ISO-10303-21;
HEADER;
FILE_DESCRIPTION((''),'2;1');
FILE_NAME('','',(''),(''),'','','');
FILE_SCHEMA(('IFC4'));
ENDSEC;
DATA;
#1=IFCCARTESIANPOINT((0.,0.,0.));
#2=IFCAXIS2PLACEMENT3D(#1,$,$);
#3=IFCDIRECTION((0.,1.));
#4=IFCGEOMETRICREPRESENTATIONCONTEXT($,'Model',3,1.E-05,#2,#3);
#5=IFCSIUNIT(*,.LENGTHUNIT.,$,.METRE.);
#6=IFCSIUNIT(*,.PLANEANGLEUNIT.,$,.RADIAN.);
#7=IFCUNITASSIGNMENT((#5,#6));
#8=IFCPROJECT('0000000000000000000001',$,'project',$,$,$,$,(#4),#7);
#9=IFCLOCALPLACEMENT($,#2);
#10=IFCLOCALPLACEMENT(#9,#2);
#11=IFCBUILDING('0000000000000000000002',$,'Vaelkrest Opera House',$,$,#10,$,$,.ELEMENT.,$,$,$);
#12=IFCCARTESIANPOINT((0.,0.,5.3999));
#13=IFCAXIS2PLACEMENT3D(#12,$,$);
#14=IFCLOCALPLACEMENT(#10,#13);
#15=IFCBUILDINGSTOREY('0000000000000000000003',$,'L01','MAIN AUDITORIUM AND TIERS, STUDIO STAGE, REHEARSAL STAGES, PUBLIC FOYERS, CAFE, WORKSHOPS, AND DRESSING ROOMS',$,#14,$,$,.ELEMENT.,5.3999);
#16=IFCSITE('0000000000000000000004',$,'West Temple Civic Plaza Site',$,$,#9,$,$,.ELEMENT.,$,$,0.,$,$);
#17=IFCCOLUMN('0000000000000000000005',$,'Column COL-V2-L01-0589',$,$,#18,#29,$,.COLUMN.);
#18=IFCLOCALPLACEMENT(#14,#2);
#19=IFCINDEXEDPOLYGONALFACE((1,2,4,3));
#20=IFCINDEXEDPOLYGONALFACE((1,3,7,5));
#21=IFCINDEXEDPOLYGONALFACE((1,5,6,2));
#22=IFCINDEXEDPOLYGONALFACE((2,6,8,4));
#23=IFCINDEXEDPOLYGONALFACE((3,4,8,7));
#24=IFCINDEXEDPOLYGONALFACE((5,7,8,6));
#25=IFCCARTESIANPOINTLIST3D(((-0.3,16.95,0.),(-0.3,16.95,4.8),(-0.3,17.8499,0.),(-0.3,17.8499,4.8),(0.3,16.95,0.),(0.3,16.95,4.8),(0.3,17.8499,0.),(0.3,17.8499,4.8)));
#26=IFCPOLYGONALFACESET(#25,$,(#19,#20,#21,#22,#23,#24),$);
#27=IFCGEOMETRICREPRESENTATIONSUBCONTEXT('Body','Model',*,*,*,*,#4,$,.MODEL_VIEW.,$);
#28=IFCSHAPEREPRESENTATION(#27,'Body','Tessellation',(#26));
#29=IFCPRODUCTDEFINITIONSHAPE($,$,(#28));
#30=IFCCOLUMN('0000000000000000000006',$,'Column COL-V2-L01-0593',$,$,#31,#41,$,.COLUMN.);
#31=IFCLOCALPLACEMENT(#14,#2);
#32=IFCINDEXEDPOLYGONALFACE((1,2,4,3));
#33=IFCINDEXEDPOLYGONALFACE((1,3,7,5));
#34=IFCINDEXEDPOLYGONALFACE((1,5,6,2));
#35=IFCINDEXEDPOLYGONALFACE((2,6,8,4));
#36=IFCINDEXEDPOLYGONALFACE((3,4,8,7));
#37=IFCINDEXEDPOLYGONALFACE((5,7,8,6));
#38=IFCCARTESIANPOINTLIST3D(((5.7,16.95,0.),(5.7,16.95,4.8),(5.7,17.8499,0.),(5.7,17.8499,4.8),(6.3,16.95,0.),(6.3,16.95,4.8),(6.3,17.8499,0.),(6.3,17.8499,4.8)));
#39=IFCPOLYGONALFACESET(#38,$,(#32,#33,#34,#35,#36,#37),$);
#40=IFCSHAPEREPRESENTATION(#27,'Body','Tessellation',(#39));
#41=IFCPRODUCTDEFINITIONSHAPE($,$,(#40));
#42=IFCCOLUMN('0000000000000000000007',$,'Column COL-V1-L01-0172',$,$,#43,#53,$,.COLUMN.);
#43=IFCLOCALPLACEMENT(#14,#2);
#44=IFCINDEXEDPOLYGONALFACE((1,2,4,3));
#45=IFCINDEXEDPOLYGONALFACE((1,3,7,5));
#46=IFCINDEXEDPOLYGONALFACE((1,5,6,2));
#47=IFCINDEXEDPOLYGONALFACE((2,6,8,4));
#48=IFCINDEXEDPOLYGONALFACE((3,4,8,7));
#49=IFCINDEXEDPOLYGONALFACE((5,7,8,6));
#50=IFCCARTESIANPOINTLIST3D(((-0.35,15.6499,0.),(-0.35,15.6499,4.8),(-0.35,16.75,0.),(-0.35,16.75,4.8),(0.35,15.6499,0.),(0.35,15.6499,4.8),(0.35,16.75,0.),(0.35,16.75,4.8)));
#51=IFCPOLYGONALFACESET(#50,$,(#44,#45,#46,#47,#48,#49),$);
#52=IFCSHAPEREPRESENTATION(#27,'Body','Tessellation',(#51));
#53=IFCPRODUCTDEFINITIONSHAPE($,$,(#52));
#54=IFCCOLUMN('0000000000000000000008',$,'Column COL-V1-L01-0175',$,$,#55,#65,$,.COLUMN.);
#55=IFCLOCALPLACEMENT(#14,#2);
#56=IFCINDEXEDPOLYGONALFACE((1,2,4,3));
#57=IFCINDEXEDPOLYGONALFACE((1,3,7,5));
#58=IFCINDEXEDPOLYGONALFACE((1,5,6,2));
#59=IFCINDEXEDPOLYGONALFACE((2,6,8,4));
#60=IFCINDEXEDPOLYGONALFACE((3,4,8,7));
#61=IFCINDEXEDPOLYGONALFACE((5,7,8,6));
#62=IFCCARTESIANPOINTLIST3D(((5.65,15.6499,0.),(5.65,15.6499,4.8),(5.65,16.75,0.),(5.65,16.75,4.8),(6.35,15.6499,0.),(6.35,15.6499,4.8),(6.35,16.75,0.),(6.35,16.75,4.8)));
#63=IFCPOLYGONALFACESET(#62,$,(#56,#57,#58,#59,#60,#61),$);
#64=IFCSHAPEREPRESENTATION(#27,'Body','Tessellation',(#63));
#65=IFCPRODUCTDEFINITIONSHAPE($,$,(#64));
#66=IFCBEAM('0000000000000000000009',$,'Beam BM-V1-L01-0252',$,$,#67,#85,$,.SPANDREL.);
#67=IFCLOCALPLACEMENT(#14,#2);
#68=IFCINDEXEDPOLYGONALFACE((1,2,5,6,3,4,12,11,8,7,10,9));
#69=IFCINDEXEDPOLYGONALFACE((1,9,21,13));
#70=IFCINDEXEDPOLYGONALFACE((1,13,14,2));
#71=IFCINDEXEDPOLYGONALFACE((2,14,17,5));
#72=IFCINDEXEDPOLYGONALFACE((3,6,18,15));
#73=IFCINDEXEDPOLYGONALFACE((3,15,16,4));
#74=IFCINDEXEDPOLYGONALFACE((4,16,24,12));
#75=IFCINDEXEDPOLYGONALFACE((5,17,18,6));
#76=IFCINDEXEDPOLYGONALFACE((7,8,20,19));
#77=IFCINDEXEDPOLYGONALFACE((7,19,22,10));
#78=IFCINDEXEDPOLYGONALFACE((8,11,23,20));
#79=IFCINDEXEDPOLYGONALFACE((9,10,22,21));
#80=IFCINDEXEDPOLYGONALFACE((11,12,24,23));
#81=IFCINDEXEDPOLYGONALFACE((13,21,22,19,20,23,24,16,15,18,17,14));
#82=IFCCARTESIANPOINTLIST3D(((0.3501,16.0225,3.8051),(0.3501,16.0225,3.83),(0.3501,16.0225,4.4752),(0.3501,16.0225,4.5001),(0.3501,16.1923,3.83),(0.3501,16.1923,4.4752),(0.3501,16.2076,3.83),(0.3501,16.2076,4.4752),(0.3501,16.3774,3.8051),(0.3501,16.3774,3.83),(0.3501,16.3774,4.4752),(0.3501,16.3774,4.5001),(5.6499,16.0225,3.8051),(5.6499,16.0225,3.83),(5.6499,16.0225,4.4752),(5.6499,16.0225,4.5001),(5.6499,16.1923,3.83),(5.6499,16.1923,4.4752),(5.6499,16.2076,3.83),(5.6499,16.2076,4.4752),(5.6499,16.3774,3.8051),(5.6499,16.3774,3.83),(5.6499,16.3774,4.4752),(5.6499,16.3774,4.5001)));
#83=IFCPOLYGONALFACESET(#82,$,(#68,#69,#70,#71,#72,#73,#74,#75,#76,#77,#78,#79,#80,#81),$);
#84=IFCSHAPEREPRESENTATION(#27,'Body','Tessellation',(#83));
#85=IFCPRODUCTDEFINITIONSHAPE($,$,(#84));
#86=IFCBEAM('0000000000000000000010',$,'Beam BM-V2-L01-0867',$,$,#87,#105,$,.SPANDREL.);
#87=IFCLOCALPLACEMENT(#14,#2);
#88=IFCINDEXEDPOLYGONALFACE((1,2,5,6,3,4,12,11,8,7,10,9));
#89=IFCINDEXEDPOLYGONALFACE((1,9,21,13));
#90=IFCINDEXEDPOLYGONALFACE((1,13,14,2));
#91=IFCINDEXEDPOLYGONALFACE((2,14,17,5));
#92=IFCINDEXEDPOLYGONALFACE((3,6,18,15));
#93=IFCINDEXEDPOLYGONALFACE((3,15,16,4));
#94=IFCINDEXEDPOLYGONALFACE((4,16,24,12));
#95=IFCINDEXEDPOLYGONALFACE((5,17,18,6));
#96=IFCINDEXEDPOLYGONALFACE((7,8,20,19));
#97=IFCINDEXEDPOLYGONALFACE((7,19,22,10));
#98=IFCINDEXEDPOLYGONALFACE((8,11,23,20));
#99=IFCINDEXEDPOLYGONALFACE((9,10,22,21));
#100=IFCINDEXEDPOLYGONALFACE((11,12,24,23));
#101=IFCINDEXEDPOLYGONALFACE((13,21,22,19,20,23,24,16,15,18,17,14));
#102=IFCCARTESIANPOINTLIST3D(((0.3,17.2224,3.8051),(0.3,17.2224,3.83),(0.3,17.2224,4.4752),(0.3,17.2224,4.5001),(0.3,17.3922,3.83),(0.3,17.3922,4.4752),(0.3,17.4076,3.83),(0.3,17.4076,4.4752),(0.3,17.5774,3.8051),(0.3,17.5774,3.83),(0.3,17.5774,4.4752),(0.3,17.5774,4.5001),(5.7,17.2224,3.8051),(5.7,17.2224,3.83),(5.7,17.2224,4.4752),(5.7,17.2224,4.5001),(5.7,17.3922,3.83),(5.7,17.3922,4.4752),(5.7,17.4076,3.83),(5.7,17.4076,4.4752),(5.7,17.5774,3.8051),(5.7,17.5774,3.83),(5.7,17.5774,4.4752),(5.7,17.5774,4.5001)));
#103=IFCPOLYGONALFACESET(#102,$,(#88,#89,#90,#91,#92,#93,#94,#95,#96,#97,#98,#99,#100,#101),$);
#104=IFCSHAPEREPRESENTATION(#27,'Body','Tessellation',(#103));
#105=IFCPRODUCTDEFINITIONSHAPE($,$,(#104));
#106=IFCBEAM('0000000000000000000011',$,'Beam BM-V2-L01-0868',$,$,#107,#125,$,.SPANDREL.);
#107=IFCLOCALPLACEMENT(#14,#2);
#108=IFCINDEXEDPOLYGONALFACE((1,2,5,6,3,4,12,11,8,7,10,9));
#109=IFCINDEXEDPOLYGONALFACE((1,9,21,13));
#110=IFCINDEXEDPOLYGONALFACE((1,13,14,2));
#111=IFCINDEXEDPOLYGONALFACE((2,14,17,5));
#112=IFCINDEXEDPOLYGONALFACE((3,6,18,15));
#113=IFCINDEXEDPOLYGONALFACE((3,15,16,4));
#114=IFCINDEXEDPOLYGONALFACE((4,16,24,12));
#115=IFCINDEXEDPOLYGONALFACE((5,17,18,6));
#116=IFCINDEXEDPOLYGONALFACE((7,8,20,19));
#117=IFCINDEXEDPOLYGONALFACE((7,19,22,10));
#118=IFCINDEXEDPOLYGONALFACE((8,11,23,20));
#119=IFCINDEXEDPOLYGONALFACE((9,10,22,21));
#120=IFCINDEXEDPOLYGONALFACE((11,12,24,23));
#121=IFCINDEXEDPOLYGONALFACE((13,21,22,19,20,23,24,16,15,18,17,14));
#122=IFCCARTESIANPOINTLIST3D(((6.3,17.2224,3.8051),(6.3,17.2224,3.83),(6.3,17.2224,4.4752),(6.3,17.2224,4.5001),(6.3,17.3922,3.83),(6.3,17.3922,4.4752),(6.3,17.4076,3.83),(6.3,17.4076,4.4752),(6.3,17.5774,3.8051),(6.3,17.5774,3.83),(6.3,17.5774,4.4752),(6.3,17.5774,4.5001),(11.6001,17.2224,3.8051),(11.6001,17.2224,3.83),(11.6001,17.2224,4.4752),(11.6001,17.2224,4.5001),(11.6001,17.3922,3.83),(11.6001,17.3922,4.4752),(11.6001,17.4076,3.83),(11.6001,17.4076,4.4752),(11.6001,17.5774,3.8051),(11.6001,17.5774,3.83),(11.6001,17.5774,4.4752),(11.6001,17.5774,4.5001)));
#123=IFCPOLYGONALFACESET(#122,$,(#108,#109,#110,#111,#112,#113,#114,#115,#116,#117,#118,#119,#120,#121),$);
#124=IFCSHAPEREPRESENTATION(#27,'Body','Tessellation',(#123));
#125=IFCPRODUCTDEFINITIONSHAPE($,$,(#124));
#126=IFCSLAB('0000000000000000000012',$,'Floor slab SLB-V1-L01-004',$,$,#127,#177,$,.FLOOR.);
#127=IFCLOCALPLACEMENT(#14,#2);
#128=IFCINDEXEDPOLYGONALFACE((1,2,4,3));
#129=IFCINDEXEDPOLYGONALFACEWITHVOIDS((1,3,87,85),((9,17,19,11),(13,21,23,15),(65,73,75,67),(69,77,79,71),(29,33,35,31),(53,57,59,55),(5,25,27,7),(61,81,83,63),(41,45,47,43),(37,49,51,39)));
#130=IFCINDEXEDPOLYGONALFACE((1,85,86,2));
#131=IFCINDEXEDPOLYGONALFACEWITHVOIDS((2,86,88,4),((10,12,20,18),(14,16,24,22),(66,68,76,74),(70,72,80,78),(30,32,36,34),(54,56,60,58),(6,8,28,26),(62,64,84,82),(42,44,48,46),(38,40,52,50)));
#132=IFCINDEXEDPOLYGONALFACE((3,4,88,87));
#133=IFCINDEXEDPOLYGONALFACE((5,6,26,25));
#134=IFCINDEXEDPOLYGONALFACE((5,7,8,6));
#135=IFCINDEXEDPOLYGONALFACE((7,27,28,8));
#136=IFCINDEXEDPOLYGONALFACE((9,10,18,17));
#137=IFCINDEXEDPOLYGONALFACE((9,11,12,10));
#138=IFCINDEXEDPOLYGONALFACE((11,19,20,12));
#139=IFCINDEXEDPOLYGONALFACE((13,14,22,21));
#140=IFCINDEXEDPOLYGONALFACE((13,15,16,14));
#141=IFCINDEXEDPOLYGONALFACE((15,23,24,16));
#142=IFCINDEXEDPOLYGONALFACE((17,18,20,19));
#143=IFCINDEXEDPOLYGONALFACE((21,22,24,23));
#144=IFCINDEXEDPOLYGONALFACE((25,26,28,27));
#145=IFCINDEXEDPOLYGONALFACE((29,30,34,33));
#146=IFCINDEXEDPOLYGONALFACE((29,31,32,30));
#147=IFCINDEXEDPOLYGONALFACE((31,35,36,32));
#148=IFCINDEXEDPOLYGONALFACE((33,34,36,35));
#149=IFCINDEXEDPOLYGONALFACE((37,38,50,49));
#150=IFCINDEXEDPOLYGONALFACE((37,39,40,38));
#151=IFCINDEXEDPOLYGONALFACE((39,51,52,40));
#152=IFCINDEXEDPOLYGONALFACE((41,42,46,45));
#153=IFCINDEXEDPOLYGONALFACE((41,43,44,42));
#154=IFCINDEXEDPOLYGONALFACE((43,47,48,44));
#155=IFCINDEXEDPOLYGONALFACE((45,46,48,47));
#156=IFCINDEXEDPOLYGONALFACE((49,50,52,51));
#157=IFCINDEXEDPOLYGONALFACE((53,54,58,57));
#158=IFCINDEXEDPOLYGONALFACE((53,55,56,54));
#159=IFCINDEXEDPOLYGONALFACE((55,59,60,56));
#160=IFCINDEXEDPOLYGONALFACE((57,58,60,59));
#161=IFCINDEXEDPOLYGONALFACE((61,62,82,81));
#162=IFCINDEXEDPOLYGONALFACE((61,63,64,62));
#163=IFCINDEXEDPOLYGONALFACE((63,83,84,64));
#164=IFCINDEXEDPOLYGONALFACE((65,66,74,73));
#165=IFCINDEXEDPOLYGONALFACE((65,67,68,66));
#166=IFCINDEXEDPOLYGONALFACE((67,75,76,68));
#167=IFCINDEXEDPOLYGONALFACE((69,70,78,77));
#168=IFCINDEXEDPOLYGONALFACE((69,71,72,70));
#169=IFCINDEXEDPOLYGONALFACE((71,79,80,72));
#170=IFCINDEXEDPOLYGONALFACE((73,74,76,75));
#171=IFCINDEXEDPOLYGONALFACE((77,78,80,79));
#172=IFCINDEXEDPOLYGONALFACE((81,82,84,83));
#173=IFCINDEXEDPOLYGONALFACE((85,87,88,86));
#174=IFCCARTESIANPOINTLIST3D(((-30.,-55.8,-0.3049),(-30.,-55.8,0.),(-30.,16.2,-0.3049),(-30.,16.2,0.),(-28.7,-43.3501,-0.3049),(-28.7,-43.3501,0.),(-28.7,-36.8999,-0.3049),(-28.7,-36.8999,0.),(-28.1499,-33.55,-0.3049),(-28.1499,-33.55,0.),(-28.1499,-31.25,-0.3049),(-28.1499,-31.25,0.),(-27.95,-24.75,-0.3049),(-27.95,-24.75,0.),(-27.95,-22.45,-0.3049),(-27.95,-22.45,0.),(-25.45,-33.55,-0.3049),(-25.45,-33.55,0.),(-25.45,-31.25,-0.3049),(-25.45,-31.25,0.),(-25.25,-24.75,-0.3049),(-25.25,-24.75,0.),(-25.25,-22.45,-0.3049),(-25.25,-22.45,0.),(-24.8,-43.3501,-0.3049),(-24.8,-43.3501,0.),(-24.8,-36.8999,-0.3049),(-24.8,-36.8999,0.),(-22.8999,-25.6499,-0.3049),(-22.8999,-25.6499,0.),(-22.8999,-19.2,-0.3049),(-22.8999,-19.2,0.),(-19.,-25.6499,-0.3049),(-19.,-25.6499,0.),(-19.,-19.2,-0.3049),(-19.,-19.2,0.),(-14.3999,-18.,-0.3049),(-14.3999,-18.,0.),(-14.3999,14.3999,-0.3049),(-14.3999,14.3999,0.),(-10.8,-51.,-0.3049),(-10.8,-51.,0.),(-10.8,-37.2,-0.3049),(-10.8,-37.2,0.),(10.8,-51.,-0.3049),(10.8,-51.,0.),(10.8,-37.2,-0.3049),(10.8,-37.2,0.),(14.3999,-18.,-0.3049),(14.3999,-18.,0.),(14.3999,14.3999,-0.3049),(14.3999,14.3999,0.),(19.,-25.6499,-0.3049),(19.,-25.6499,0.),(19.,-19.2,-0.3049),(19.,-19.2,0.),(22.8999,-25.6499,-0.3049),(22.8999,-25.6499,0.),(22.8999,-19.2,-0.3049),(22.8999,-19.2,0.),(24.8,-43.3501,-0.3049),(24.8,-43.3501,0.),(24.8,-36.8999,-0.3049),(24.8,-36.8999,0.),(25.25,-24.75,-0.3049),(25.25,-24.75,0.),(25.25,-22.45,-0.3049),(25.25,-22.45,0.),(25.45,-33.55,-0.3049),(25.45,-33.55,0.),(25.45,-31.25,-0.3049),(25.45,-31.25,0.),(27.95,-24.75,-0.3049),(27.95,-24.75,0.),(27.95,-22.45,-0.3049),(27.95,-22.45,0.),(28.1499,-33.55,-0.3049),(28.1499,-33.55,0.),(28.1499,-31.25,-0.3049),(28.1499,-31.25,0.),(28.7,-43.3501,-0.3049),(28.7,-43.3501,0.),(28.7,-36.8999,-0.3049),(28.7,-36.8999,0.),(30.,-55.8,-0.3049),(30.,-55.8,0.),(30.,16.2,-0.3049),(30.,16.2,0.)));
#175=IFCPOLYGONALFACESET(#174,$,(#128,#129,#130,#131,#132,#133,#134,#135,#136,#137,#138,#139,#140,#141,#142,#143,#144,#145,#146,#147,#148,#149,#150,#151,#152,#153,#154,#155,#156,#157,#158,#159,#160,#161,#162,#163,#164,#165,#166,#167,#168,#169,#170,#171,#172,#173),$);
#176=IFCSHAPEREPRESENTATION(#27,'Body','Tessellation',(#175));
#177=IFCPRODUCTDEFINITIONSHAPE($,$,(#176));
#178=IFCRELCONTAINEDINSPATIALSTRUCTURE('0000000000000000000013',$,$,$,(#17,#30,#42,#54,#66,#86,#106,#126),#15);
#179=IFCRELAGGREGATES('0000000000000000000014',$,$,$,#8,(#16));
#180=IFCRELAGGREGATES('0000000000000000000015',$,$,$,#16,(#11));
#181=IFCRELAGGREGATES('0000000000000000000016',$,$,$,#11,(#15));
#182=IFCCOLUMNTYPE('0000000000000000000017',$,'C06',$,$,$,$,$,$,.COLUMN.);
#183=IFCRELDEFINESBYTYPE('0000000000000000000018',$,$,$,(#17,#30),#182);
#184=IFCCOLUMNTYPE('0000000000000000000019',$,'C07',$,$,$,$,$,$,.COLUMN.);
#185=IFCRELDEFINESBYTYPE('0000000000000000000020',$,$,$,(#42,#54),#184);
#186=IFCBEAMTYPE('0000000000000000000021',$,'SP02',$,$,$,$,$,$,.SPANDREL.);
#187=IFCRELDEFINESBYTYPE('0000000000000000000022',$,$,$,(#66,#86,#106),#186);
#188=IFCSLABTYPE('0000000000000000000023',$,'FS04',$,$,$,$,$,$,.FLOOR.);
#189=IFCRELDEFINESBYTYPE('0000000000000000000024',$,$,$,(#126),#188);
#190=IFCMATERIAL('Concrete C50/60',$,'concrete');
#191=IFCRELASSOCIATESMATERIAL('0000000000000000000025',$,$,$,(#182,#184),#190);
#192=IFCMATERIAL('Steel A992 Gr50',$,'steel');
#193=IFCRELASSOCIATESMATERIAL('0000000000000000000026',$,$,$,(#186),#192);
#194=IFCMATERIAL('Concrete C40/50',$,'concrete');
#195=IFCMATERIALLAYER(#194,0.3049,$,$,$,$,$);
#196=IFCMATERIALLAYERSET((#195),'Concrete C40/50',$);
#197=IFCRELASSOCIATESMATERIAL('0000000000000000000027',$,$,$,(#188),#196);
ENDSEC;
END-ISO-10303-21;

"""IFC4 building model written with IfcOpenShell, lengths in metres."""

from ifc_helpers import new_model, si_unit, direction, frame, origin, origin_2d, place, context, subcontext, project, spatial, polyline, rectangle, i_section, outline, extrude, material, layer, layer_set, material_profile, profile_set, type_object, element, save


model = new_model("IFC4")

# Units and contexts
model_context = context("Model", 3, precision=1e-05, world=origin(), true_north=direction((0.0, 1.0)))
body_context = subcontext(model_context, "Body", "Model", "MODEL_VIEW")
ifc_project = project(units=[si_unit("LENGTHUNIT", "METRE"), si_unit("PLANEANGLEUNIT", "RADIAN")], contexts=[model_context])

# Site, building, storey
site_placement = place(None, origin())
site = spatial("IfcSite", under=ifc_project, at=site_placement, Name="West Temple Civic Plaza Site", CompositionType="ELEMENT", RefElevation=0.0)
building_placement = place(site_placement, origin())
building = spatial("IfcBuilding", under=site, at=building_placement, Name="Vaelkrest Opera House", CompositionType="ELEMENT")
storey_placement = place(building_placement, frame((0.0, 0.0, 5.3999)))
storey = spatial("IfcBuildingStorey", under=building, at=storey_placement, Name="L01", Description="MAIN AUDITORIUM AND TIERS, STUDIO STAGE, REHEARSAL STAGES, PUBLIC FOYERS, CAFE, WORKSHOPS, AND DRESSING ROOMS", CompositionType="ELEMENT", Elevation=5.3999)

# Columns
ifc_material_1 = material(Name="Concrete C50/60", Category="concrete")
ifc_material_profile_1 = material_profile(ifc_material_1, rectangle(XDim=0.6001, YDim=0.8999, at=origin_2d()), Name="RC600X900")
ifc_profile_set_1 = profile_set([ifc_material_profile_1], Name="Concrete C50/60")
column_type_1 = type_object("IfcColumnType", Name="C06", PredefinedType="COLUMN", material=ifc_profile_set_1)
for number, where, z_axis, x_axis, name in (
    (1, (0.0, 17.3999, 0.0), (0.0, 0.0, 1.0), (1.0, 0.0, 0.0), "Column COL-V2-L01-0589"),
    (2, (6.0, 17.3999, 0.0), (0.0, 0.0, 1.0), (1.0, 0.0, 0.0), "Column COL-V2-L01-0593"),
):
    element("IfcColumn", number, at=place(storey_placement, frame(where, z_axis=z_axis, x_axis=x_axis)), inside=storey, type_object=column_type_1, Name=name, PredefinedType="COLUMN", context=body_context, shape_type="SweptSolid", body=[
        extrude(rectangle(XDim=0.6001, YDim=0.8999, at=origin_2d()), origin(), (0.0, 0.0, 1.0), 4.8),
    ])
ifc_material_profile_2 = material_profile(ifc_material_1, rectangle(XDim=0.7, YDim=1.1001, at=origin_2d()), Name="RC700X1100")
ifc_profile_set_2 = profile_set([ifc_material_profile_2], Name="Concrete C50/60")
column_type_2 = type_object("IfcColumnType", Name="C07", PredefinedType="COLUMN", material=ifc_profile_set_2)
for number, where, z_axis, x_axis, name in (
    (3, (0.0, 16.2, 0.0), (0.0, 0.0, 1.0), (1.0, 0.0, 0.0), "Column COL-V1-L01-0172"),
    (4, (6.0, 16.2, 0.0), (0.0, 0.0, 1.0), (1.0, 0.0, 0.0), "Column COL-V1-L01-0175"),
):
    element("IfcColumn", number, at=place(storey_placement, frame(where, z_axis=z_axis, x_axis=x_axis)), inside=storey, type_object=column_type_2, Name=name, PredefinedType="COLUMN", context=body_context, shape_type="SweptSolid", body=[
        extrude(rectangle(XDim=0.7, YDim=1.1001, at=origin_2d()), origin(), (0.0, 0.0, 1.0), 4.8),
    ])

# Beams
ifc_material_2 = material(Name="Steel A992 Gr50", Category="steel")
ifc_material_profile_3 = material_profile(ifc_material_2, i_section(OverallWidth=0.355, OverallDepth=0.6951, WebThickness=0.0154, FlangeThickness=0.0249, at=origin_2d()), Name="W27X146")
ifc_profile_set_3 = profile_set([ifc_material_profile_3], Name="Steel A992 Gr50")
beam_type = type_object("IfcBeamType", Name="SP02", PredefinedType="SPANDREL", material=ifc_profile_set_3)
beam_1_placement = place(storey_placement, frame((0.3501, 16.2, 4.1526), z_axis=(1.0, 0.0, 0.0), x_axis=(0.0, 1.0, 0.0)))
element("IfcBeam", 5, at=beam_1_placement, inside=storey, type_object=beam_type, Name="Beam BM-V1-L01-0252", PredefinedType="SPANDREL", context=body_context, shape_type="SweptSolid", body=[
    extrude(i_section(OverallWidth=0.355, OverallDepth=0.6951, WebThickness=0.0154, FlangeThickness=0.0249, at=origin_2d()), origin(), (0.0, 0.0, 1.0), 5.2998),
])
beam_2_placement = place(storey_placement, frame((0.3, 17.3999, 4.1526), z_axis=(1.0, 0.0, 0.0), x_axis=(0.0, 1.0, 0.0)))
element("IfcBeam", 6, at=beam_2_placement, inside=storey, type_object=beam_type, Name="Beam BM-V2-L01-0867", PredefinedType="SPANDREL", context=body_context, shape_type="SweptSolid", body=[
    extrude(i_section(OverallWidth=0.355, OverallDepth=0.6951, WebThickness=0.0154, FlangeThickness=0.0249, at=origin_2d()), origin(), (0.0, 0.0, 1.0), 5.3999),
])
beam_3_placement = place(storey_placement, frame((6.3, 17.3999, 4.1526), z_axis=(1.0, 0.0, 0.0), x_axis=(0.0, 1.0, 0.0)))
element("IfcBeam", 7, at=beam_3_placement, inside=storey, type_object=beam_type, Name="Beam BM-V2-L01-0868", PredefinedType="SPANDREL", context=body_context, shape_type="SweptSolid", body=[
    extrude(i_section(OverallWidth=0.355, OverallDepth=0.6951, WebThickness=0.0154, FlangeThickness=0.0249, at=origin_2d()), origin(), (0.0, 0.0, 1.0), 5.3),
])

# Slab
ifc_material_3 = material(Name="Concrete C40/50", Category="concrete")
ifc_layer_1 = layer(ifc_material_3, 0.3049)
ifc_layer_set_1 = layer_set([ifc_layer_1], Name="Concrete C40/50")
slab_type_1 = type_object("IfcSlabType", Name="FS04", PredefinedType="FLOOR", material=ifc_layer_set_1)
slab_1_placement = place(storey_placement, frame((0.0, 0.0, -0.3049)))
element("IfcSlab", 8, at=slab_1_placement, inside=storey, type_object=slab_type_1, Name="Floor slab SLB-V1-L01-004", PredefinedType="FLOOR", context=body_context, shape_type="SweptSolid", body=[
    extrude(outline(polyline([(-30.0, -55.8), (30.0, -55.8), (30.0, 16.2), (-30.0, 16.2), (-30.0, -55.8)]), holes=[polyline([(-14.3999, -18.0), (14.3999, -18.0), (14.3999, 14.3999), (-14.3999, 14.3999), (-14.3999, -18.0)]), polyline([(-10.8, -51.0), (10.8, -51.0), (10.8, -37.2), (-10.8, -37.2), (-10.8, -51.0)]), polyline([(-19.0, -25.6499), (-19.0, -19.2), (-22.8999, -19.2), (-22.8999, -25.6499), (-19.0, -25.6499)]), polyline([(22.8999, -25.6499), (22.8999, -19.2), (19.0, -19.2), (19.0, -25.6499), (22.8999, -25.6499)]), polyline([(-24.8, -43.3501), (-24.8, -36.8999), (-28.7, -36.8999), (-28.7, -43.3501), (-24.8, -43.3501)]), polyline([(28.7, -43.3501), (28.7, -36.8999), (24.8, -36.8999), (24.8, -43.3501), (28.7, -43.3501)]), polyline([(-27.95, -24.75), (-25.25, -24.75), (-25.25, -22.45), (-27.95, -22.45), (-27.95, -24.75)]), polyline([(25.25, -24.75), (27.95, -24.75), (27.95, -22.45), (25.25, -22.45), (25.25, -24.75)]), polyline([(-28.1499, -33.55), (-25.45, -33.55), (-25.45, -31.25), (-28.1499, -31.25), (-28.1499, -33.55)]), polyline([(25.45, -33.55), (28.1499, -33.55), (28.1499, -31.25), (25.45, -31.25), (25.45, -33.55)])]), origin(), (0.0, 0.0, 1.0), 0.3049),
])

save(model, "model.ifc")
